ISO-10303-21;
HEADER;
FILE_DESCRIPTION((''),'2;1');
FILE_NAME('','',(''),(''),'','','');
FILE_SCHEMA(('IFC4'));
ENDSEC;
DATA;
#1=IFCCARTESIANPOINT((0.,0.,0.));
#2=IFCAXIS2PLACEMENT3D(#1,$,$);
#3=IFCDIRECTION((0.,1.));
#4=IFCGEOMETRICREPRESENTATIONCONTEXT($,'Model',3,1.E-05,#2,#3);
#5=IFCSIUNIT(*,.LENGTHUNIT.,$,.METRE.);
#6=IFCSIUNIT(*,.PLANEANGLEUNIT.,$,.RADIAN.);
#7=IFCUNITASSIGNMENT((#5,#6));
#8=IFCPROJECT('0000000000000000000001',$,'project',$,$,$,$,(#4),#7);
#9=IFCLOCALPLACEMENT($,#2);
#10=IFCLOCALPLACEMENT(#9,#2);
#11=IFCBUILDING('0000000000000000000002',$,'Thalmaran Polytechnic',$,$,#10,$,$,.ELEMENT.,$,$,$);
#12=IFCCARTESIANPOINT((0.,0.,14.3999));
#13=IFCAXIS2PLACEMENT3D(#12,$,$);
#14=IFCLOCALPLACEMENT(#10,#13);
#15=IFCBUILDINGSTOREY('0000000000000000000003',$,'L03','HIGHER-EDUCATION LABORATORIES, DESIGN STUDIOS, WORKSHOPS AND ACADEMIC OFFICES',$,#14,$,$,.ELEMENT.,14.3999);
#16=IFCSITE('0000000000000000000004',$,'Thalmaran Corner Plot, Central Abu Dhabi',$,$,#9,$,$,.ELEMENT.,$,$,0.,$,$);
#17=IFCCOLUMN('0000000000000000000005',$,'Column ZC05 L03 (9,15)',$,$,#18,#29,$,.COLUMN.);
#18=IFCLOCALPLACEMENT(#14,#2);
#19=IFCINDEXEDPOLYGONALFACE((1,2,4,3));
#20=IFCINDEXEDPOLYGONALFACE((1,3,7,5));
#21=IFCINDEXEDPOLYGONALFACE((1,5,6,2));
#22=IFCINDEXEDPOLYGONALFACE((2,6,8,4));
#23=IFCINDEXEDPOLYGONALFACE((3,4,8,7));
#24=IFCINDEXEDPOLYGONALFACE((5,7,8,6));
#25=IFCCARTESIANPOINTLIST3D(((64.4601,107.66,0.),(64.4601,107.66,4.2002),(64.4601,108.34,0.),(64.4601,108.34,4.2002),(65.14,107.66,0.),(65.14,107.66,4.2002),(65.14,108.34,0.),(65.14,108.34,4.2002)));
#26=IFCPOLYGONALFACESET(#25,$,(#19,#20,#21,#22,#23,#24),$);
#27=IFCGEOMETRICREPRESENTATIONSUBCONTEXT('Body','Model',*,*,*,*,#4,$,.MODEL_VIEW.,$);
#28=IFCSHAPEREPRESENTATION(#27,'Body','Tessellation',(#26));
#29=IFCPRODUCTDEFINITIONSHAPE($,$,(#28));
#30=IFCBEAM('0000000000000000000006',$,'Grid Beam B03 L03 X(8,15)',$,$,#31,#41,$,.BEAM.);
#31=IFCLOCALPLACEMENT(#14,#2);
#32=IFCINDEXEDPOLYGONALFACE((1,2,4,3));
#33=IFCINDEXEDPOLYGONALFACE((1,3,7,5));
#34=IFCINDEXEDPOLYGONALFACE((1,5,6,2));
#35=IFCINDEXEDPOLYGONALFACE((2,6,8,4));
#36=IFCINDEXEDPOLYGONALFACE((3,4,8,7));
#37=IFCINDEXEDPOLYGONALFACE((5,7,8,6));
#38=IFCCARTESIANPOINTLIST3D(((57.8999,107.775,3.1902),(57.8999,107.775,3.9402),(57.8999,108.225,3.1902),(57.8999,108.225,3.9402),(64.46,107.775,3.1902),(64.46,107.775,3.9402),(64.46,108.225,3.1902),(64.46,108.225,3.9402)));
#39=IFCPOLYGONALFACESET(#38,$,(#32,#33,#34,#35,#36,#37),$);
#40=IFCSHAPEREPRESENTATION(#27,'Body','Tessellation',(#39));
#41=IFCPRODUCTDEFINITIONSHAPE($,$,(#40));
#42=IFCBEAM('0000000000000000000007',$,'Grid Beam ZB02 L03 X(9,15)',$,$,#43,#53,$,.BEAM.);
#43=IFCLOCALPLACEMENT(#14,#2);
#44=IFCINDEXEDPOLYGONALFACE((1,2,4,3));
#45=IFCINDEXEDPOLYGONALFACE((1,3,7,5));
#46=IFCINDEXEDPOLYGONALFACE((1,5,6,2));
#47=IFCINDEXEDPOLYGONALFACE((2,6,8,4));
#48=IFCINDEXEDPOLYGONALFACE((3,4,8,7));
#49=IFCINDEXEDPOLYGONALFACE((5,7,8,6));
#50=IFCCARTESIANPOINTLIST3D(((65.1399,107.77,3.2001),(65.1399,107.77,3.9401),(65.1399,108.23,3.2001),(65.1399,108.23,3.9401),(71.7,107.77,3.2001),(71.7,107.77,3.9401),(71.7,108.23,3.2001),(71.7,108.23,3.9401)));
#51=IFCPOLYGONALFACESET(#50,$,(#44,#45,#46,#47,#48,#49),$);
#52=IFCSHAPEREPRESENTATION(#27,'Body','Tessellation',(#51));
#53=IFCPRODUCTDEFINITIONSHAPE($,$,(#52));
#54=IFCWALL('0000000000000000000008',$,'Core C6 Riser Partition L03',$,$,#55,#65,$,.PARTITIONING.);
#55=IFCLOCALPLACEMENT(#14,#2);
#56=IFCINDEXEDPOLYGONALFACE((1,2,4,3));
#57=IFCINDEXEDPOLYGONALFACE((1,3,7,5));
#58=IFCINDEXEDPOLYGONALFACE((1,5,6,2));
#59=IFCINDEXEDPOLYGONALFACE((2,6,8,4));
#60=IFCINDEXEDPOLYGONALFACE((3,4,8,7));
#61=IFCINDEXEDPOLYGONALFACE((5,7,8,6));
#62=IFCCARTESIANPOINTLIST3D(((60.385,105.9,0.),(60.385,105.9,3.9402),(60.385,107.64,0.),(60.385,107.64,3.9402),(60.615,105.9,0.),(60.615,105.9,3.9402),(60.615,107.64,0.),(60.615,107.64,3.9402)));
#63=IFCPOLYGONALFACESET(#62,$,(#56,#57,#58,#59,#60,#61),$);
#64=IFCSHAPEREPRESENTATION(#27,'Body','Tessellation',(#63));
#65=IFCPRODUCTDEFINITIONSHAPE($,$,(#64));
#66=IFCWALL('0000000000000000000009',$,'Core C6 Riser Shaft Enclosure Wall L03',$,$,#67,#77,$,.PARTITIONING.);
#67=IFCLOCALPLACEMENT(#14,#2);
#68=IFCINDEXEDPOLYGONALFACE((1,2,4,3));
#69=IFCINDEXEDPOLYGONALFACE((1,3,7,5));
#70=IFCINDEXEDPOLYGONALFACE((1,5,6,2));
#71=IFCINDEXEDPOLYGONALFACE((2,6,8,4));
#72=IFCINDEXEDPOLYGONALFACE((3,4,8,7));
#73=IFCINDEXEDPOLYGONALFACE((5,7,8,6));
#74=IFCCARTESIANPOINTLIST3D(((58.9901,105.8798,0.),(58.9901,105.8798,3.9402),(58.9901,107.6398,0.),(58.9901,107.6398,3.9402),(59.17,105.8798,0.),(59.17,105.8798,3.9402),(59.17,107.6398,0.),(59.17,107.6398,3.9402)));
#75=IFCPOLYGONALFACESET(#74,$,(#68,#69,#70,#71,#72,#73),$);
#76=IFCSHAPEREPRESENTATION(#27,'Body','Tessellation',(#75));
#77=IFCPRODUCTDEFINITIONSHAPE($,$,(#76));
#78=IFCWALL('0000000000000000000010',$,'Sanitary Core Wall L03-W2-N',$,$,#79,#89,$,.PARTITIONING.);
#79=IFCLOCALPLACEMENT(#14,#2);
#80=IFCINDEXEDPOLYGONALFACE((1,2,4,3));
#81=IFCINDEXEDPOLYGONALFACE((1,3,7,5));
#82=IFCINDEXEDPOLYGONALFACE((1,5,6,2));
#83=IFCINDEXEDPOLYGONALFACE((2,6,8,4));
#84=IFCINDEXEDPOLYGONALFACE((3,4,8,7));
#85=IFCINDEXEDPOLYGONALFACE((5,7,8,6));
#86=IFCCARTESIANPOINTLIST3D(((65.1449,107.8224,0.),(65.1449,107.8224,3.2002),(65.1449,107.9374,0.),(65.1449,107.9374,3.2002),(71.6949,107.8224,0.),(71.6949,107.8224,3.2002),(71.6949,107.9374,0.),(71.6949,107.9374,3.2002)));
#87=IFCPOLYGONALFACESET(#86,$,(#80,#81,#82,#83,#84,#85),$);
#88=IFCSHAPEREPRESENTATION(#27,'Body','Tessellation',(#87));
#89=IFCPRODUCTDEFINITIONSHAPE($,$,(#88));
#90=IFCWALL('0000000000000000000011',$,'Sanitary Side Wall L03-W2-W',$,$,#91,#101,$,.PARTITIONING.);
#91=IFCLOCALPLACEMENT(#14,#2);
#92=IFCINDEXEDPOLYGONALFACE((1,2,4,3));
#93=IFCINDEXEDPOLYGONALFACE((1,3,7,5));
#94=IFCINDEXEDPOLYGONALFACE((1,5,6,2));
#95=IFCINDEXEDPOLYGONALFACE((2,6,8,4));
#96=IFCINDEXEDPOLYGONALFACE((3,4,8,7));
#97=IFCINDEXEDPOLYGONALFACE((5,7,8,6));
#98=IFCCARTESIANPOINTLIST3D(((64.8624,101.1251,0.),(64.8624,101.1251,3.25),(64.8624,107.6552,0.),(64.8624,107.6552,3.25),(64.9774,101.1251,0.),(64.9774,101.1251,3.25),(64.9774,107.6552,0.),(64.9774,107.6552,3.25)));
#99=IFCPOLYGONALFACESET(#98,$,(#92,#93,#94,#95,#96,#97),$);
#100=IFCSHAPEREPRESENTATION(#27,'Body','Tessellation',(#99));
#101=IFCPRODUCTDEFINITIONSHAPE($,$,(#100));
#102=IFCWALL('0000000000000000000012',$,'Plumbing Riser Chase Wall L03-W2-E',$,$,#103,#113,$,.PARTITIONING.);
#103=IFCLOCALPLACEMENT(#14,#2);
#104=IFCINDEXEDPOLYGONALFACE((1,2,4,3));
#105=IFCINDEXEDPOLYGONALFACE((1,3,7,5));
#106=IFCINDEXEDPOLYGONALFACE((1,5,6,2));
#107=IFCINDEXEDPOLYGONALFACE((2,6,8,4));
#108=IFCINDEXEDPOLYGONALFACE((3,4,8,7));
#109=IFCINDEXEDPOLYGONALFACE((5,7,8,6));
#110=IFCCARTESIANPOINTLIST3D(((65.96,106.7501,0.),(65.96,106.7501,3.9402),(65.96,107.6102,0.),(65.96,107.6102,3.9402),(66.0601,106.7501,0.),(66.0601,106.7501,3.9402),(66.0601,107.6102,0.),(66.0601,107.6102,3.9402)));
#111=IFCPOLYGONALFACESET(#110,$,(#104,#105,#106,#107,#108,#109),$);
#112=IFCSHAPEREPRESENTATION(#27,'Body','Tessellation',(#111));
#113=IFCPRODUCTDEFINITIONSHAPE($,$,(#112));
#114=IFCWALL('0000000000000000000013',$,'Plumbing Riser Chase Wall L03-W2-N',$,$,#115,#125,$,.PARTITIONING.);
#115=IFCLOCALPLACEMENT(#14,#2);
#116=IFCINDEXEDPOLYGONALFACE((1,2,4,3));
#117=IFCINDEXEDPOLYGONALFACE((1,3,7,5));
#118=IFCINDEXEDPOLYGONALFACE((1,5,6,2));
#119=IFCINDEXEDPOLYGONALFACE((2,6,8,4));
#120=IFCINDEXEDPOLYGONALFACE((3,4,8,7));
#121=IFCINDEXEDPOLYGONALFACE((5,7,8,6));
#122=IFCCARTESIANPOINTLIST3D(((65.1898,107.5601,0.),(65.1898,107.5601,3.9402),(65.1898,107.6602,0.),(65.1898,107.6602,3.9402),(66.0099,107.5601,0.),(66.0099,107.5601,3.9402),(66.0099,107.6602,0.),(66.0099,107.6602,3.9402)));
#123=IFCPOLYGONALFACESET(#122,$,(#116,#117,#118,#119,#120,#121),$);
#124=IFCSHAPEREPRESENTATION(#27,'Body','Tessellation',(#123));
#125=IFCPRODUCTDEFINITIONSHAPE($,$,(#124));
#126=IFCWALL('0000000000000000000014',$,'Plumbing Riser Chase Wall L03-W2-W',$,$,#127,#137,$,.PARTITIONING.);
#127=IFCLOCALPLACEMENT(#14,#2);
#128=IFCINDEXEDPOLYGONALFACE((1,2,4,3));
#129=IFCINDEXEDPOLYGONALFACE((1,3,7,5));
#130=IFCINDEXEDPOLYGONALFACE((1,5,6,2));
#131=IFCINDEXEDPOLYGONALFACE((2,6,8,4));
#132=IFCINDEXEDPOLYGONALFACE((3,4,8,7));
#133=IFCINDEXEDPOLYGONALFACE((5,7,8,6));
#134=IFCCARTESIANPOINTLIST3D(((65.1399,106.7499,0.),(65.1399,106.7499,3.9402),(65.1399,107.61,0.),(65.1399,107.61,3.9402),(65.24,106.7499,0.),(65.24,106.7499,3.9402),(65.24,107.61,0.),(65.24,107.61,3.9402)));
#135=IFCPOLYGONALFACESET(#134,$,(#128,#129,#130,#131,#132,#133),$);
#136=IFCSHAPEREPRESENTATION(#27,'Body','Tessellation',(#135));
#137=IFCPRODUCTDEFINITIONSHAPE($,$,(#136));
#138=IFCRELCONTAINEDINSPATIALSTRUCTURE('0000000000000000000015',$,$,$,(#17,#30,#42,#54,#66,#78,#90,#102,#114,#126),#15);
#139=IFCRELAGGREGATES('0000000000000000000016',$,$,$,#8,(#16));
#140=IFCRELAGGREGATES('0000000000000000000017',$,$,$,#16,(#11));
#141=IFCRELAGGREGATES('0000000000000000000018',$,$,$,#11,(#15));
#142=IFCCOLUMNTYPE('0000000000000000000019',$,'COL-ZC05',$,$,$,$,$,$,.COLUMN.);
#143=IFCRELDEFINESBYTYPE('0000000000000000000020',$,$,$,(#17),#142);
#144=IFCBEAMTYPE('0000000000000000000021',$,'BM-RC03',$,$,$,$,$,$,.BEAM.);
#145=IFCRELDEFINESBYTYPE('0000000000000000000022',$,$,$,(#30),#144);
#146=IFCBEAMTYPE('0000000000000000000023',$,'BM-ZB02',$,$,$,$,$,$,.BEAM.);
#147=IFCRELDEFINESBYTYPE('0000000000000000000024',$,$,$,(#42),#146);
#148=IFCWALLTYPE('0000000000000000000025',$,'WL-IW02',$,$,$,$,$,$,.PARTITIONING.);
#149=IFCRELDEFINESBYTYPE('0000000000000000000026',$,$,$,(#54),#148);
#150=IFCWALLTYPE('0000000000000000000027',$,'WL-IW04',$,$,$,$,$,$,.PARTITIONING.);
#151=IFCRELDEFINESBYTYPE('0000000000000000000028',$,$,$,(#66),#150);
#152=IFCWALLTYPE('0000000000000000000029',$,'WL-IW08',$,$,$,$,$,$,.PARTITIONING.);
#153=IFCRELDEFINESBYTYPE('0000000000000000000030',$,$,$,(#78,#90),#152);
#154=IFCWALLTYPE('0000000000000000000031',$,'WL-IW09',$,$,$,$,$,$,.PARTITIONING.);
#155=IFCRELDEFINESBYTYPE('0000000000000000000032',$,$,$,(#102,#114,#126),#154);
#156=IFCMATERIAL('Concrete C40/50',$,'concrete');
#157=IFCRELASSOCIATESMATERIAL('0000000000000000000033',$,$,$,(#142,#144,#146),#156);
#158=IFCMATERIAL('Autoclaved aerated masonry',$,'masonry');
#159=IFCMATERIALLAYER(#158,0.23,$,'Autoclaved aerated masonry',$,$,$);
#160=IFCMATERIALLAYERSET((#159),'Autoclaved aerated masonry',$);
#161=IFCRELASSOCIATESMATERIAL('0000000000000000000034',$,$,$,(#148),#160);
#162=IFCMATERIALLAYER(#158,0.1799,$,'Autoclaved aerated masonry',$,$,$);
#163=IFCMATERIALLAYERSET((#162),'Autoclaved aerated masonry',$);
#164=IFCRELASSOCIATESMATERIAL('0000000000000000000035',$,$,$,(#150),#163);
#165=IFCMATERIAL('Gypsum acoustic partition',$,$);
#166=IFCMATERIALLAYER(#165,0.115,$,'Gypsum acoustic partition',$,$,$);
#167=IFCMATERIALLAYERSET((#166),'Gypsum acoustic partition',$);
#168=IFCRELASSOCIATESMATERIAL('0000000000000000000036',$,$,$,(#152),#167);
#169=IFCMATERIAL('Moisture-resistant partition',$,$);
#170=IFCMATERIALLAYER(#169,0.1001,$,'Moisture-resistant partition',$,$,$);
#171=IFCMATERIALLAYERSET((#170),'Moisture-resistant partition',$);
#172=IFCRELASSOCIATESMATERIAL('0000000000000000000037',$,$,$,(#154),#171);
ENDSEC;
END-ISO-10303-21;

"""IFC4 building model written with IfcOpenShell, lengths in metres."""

from ifc_helpers import new_model, si_unit, direction, frame, frame_2d, origin, origin_2d, place, context, subcontext, project, spatial, rectangle, extrude, material, layer, layer_set, material_profile, profile_set, type_object, element, save


model = new_model("IFC4")

# Units and contexts
model_context = context("Model", 3, precision=1e-05, world=origin(), true_north=direction((0.0, 1.0)))
body_context = subcontext(model_context, "Body", "Model", "MODEL_VIEW")
ifc_project = project(units=[si_unit("LENGTHUNIT", "METRE"), si_unit("PLANEANGLEUNIT", "RADIAN")], contexts=[model_context])

# Site, building, storey
site_placement = place(None, origin())
site = spatial("IfcSite", under=ifc_project, at=site_placement, Name="Thalmaran Corner Plot, Central Abu Dhabi", CompositionType="ELEMENT", RefElevation=0.0)
building_placement = place(site_placement, origin())
building = spatial("IfcBuilding", under=site, at=building_placement, Name="Thalmaran Polytechnic", CompositionType="ELEMENT")
storey_placement = place(building_placement, frame((0.0, 0.0, 14.3999)))
storey = spatial("IfcBuildingStorey", under=building, at=storey_placement, Name="L03", Description="HIGHER-EDUCATION LABORATORIES, DESIGN STUDIOS, WORKSHOPS AND ACADEMIC OFFICES", CompositionType="ELEMENT", Elevation=14.3999)

# Column
ifc_material_1 = material(Name="Concrete C40/50", Category="concrete")
ifc_material_profile_1 = material_profile(ifc_material_1, rectangle(XDim=0.6799, YDim=0.6799, at=origin_2d()), Name="RC 680x680")
ifc_profile_set_1 = profile_set([ifc_material_profile_1], Name="Concrete C40/50")
column_type = type_object("IfcColumnType", Name="COL-ZC05", PredefinedType="COLUMN", material=ifc_profile_set_1)
column_placement = place(storey_placement, frame((64.8, 108.0, 0.0), z_axis=(0.0, 0.0, 1.0), x_axis=(1.0, 0.0, 0.0)))
element("IfcColumn", 1, at=column_placement, inside=storey, type_object=column_type, Name="Column ZC05 L03 (9,15)", PredefinedType="COLUMN", context=body_context, shape_type="SweptSolid", body=[
    extrude(rectangle(XDim=0.6799, YDim=0.6799, at=origin_2d()), origin(), (0.0, 0.0, 1.0), 4.2002),
])

# Beams
ifc_material_profile_2 = material_profile(ifc_material_1, rectangle(XDim=0.45, YDim=0.75, at=origin_2d()), Name="RC 450x750")
ifc_profile_set_2 = profile_set([ifc_material_profile_2], Name="Concrete C40/50")
beam_type_1 = type_object("IfcBeamType", Name="BM-RC03", PredefinedType="BEAM", material=ifc_profile_set_2)
beam_1_placement = place(storey_placement, frame((57.8999, 108.0, 3.5652), z_axis=(1.0, 0.0, 0.0), x_axis=(0.0, 1.0, 0.0)))
element("IfcBeam", 2, at=beam_1_placement, inside=storey, type_object=beam_type_1, Name="Grid Beam B03 L03 X(8,15)", PredefinedType="BEAM", context=body_context, shape_type="SweptSolid", body=[
    extrude(rectangle(XDim=0.45, YDim=0.75, at=origin_2d()), origin(), (0.0, 0.0, 1.0), 6.5601),
])
ifc_material_profile_3 = material_profile(ifc_material_1, rectangle(XDim=0.46, YDim=0.74, at=origin_2d()), Name="RC 460x740")
ifc_profile_set_3 = profile_set([ifc_material_profile_3], Name="Concrete C40/50")
beam_type_2 = type_object("IfcBeamType", Name="BM-ZB02", PredefinedType="BEAM", material=ifc_profile_set_3)
beam_2_placement = place(storey_placement, frame((65.1399, 108.0, 3.5701), z_axis=(1.0, 0.0, 0.0), x_axis=(0.0, 1.0, 0.0)))
element("IfcBeam", 3, at=beam_2_placement, inside=storey, type_object=beam_type_2, Name="Grid Beam ZB02 L03 X(9,15)", PredefinedType="BEAM", context=body_context, shape_type="SweptSolid", body=[
    extrude(rectangle(XDim=0.46, YDim=0.74, at=origin_2d()), origin(), (0.0, 0.0, 1.0), 6.5601),
])

# Walls
ifc_material_2 = material(Name="Autoclaved aerated masonry", Category="masonry")
ifc_layer_1 = layer(ifc_material_2, 0.23, Name="Autoclaved aerated masonry")
ifc_layer_set_1 = layer_set([ifc_layer_1], Name="Autoclaved aerated masonry")
wall_type_1 = type_object("IfcWallType", Name="WL-IW02", PredefinedType="PARTITIONING", material=ifc_layer_set_1)
wall_1_placement = place(storey_placement, frame((60.5, 105.8999, 0.0), z_axis=(0.0, 0.0, 1.0), x_axis=(0.0, 1.0, 0.0)))
element("IfcWall", 4, at=wall_1_placement, inside=storey, type_object=wall_type_1, Name="Core C6 Riser Partition L03", PredefinedType="PARTITIONING", context=body_context, shape_type="SweptSolid", body=[
    extrude(rectangle(XDim=1.74, YDim=0.23, at=frame_2d((0.8701, 0.0))), origin(), (0.0, 0.0, 1.0), 3.9402),
])
ifc_layer_2 = layer(ifc_material_2, 0.1799, Name="Autoclaved aerated masonry")
ifc_layer_set_2 = layer_set([ifc_layer_2], Name="Autoclaved aerated masonry")
wall_type_2 = type_object("IfcWallType", Name="WL-IW04", PredefinedType="PARTITIONING", material=ifc_layer_set_2)
wall_2_placement = place(storey_placement, frame((59.0801, 105.8799, 0.0), z_axis=(0.0, 0.0, 1.0), x_axis=(0.0, 1.0, 0.0)))
element("IfcWall", 5, at=wall_2_placement, inside=storey, type_object=wall_type_2, Name="Core C6 Riser Shaft Enclosure Wall L03", PredefinedType="PARTITIONING", context=body_context, shape_type="SweptSolid", body=[
    extrude(rectangle(XDim=1.76, YDim=0.1799, at=frame_2d((0.8799, 0.0))), origin(), (0.0, 0.0, 1.0), 3.9402),
])
ifc_material_3 = material(Name="Gypsum acoustic partition")
ifc_layer_3 = layer(ifc_material_3, 0.115, Name="Gypsum acoustic partition")
ifc_layer_set_3 = layer_set([ifc_layer_3], Name="Gypsum acoustic partition")
wall_type_3 = type_object("IfcWallType", Name="WL-IW08", PredefinedType="PARTITIONING", material=ifc_layer_set_3)
wall_3_placement = place(storey_placement, frame((65.145, 107.8799, 0.0), z_axis=(0.0, 0.0, 1.0), x_axis=(1.0, 0.0, 0.0)))
element("IfcWall", 6, at=wall_3_placement, inside=storey, type_object=wall_type_3, Name="Sanitary Core Wall L03-W2-N", PredefinedType="PARTITIONING", context=body_context, shape_type="SweptSolid", body=[
    extrude(rectangle(XDim=6.55, YDim=0.115, at=frame_2d((3.2749, 0.0))), origin(), (0.0, 0.0, 1.0), 3.2002),
])
wall_4_placement = place(storey_placement, frame((64.9199, 101.125, 0.0), z_axis=(0.0, 0.0, 1.0), x_axis=(0.0, 1.0, 0.0)))
element("IfcWall", 7, at=wall_4_placement, inside=storey, type_object=wall_type_3, Name="Sanitary Side Wall L03-W2-W", PredefinedType="PARTITIONING", context=body_context, shape_type="SweptSolid", body=[
    extrude(rectangle(XDim=6.53, YDim=0.115, at=frame_2d((3.2651, 0.0))), origin(), (0.0, 0.0, 1.0), 3.25),
])
ifc_material_4 = material(Name="Moisture-resistant partition")
ifc_layer_4 = layer(ifc_material_4, 0.1001, Name="Moisture-resistant partition")
ifc_layer_set_4 = layer_set([ifc_layer_4], Name="Moisture-resistant partition")
wall_type_4 = type_object("IfcWallType", Name="WL-IW09", PredefinedType="PARTITIONING", material=ifc_layer_set_4)
wall_5_placement = place(storey_placement, frame((66.01, 106.75, 0.0), z_axis=(0.0, 0.0, 1.0), x_axis=(0.0, 1.0, 0.0)))
element("IfcWall", 8, at=wall_5_placement, inside=storey, type_object=wall_type_4, Name="Plumbing Riser Chase Wall L03-W2-E", PredefinedType="PARTITIONING", context=body_context, shape_type="SweptSolid", body=[
    extrude(rectangle(XDim=0.8601, YDim=0.1001, at=frame_2d((0.4302, 0.0))), origin(), (0.0, 0.0, 1.0), 3.9402),
])
wall_6_placement = place(storey_placement, frame((66.01, 107.6101, 0.0), z_axis=(0.0, 0.0, 1.0), x_axis=(-1.0, 0.0, 0.0)))
element("IfcWall", 9, at=wall_6_placement, inside=storey, type_object=wall_type_4, Name="Plumbing Riser Chase Wall L03-W2-N", PredefinedType="PARTITIONING", context=body_context, shape_type="SweptSolid", body=[
    extrude(rectangle(XDim=0.8201, YDim=0.1001, at=frame_2d((0.4102, 0.0))), origin(), (0.0, 0.0, 1.0), 3.9402),
])
wall_7_placement = place(storey_placement, frame((65.1899, 107.6101, 0.0), z_axis=(0.0, 0.0, 1.0), x_axis=(0.0, -1.0, 0.0)))
element("IfcWall", 10, at=wall_7_placement, inside=storey, type_object=wall_type_4, Name="Plumbing Riser Chase Wall L03-W2-W", PredefinedType="PARTITIONING", context=body_context, shape_type="SweptSolid", body=[
    extrude(rectangle(XDim=0.8601, YDim=0.1001, at=frame_2d((0.4302, 0.0))), origin(), (0.0, 0.0, 1.0), 3.9402),
])

save(model, "model.ifc")
